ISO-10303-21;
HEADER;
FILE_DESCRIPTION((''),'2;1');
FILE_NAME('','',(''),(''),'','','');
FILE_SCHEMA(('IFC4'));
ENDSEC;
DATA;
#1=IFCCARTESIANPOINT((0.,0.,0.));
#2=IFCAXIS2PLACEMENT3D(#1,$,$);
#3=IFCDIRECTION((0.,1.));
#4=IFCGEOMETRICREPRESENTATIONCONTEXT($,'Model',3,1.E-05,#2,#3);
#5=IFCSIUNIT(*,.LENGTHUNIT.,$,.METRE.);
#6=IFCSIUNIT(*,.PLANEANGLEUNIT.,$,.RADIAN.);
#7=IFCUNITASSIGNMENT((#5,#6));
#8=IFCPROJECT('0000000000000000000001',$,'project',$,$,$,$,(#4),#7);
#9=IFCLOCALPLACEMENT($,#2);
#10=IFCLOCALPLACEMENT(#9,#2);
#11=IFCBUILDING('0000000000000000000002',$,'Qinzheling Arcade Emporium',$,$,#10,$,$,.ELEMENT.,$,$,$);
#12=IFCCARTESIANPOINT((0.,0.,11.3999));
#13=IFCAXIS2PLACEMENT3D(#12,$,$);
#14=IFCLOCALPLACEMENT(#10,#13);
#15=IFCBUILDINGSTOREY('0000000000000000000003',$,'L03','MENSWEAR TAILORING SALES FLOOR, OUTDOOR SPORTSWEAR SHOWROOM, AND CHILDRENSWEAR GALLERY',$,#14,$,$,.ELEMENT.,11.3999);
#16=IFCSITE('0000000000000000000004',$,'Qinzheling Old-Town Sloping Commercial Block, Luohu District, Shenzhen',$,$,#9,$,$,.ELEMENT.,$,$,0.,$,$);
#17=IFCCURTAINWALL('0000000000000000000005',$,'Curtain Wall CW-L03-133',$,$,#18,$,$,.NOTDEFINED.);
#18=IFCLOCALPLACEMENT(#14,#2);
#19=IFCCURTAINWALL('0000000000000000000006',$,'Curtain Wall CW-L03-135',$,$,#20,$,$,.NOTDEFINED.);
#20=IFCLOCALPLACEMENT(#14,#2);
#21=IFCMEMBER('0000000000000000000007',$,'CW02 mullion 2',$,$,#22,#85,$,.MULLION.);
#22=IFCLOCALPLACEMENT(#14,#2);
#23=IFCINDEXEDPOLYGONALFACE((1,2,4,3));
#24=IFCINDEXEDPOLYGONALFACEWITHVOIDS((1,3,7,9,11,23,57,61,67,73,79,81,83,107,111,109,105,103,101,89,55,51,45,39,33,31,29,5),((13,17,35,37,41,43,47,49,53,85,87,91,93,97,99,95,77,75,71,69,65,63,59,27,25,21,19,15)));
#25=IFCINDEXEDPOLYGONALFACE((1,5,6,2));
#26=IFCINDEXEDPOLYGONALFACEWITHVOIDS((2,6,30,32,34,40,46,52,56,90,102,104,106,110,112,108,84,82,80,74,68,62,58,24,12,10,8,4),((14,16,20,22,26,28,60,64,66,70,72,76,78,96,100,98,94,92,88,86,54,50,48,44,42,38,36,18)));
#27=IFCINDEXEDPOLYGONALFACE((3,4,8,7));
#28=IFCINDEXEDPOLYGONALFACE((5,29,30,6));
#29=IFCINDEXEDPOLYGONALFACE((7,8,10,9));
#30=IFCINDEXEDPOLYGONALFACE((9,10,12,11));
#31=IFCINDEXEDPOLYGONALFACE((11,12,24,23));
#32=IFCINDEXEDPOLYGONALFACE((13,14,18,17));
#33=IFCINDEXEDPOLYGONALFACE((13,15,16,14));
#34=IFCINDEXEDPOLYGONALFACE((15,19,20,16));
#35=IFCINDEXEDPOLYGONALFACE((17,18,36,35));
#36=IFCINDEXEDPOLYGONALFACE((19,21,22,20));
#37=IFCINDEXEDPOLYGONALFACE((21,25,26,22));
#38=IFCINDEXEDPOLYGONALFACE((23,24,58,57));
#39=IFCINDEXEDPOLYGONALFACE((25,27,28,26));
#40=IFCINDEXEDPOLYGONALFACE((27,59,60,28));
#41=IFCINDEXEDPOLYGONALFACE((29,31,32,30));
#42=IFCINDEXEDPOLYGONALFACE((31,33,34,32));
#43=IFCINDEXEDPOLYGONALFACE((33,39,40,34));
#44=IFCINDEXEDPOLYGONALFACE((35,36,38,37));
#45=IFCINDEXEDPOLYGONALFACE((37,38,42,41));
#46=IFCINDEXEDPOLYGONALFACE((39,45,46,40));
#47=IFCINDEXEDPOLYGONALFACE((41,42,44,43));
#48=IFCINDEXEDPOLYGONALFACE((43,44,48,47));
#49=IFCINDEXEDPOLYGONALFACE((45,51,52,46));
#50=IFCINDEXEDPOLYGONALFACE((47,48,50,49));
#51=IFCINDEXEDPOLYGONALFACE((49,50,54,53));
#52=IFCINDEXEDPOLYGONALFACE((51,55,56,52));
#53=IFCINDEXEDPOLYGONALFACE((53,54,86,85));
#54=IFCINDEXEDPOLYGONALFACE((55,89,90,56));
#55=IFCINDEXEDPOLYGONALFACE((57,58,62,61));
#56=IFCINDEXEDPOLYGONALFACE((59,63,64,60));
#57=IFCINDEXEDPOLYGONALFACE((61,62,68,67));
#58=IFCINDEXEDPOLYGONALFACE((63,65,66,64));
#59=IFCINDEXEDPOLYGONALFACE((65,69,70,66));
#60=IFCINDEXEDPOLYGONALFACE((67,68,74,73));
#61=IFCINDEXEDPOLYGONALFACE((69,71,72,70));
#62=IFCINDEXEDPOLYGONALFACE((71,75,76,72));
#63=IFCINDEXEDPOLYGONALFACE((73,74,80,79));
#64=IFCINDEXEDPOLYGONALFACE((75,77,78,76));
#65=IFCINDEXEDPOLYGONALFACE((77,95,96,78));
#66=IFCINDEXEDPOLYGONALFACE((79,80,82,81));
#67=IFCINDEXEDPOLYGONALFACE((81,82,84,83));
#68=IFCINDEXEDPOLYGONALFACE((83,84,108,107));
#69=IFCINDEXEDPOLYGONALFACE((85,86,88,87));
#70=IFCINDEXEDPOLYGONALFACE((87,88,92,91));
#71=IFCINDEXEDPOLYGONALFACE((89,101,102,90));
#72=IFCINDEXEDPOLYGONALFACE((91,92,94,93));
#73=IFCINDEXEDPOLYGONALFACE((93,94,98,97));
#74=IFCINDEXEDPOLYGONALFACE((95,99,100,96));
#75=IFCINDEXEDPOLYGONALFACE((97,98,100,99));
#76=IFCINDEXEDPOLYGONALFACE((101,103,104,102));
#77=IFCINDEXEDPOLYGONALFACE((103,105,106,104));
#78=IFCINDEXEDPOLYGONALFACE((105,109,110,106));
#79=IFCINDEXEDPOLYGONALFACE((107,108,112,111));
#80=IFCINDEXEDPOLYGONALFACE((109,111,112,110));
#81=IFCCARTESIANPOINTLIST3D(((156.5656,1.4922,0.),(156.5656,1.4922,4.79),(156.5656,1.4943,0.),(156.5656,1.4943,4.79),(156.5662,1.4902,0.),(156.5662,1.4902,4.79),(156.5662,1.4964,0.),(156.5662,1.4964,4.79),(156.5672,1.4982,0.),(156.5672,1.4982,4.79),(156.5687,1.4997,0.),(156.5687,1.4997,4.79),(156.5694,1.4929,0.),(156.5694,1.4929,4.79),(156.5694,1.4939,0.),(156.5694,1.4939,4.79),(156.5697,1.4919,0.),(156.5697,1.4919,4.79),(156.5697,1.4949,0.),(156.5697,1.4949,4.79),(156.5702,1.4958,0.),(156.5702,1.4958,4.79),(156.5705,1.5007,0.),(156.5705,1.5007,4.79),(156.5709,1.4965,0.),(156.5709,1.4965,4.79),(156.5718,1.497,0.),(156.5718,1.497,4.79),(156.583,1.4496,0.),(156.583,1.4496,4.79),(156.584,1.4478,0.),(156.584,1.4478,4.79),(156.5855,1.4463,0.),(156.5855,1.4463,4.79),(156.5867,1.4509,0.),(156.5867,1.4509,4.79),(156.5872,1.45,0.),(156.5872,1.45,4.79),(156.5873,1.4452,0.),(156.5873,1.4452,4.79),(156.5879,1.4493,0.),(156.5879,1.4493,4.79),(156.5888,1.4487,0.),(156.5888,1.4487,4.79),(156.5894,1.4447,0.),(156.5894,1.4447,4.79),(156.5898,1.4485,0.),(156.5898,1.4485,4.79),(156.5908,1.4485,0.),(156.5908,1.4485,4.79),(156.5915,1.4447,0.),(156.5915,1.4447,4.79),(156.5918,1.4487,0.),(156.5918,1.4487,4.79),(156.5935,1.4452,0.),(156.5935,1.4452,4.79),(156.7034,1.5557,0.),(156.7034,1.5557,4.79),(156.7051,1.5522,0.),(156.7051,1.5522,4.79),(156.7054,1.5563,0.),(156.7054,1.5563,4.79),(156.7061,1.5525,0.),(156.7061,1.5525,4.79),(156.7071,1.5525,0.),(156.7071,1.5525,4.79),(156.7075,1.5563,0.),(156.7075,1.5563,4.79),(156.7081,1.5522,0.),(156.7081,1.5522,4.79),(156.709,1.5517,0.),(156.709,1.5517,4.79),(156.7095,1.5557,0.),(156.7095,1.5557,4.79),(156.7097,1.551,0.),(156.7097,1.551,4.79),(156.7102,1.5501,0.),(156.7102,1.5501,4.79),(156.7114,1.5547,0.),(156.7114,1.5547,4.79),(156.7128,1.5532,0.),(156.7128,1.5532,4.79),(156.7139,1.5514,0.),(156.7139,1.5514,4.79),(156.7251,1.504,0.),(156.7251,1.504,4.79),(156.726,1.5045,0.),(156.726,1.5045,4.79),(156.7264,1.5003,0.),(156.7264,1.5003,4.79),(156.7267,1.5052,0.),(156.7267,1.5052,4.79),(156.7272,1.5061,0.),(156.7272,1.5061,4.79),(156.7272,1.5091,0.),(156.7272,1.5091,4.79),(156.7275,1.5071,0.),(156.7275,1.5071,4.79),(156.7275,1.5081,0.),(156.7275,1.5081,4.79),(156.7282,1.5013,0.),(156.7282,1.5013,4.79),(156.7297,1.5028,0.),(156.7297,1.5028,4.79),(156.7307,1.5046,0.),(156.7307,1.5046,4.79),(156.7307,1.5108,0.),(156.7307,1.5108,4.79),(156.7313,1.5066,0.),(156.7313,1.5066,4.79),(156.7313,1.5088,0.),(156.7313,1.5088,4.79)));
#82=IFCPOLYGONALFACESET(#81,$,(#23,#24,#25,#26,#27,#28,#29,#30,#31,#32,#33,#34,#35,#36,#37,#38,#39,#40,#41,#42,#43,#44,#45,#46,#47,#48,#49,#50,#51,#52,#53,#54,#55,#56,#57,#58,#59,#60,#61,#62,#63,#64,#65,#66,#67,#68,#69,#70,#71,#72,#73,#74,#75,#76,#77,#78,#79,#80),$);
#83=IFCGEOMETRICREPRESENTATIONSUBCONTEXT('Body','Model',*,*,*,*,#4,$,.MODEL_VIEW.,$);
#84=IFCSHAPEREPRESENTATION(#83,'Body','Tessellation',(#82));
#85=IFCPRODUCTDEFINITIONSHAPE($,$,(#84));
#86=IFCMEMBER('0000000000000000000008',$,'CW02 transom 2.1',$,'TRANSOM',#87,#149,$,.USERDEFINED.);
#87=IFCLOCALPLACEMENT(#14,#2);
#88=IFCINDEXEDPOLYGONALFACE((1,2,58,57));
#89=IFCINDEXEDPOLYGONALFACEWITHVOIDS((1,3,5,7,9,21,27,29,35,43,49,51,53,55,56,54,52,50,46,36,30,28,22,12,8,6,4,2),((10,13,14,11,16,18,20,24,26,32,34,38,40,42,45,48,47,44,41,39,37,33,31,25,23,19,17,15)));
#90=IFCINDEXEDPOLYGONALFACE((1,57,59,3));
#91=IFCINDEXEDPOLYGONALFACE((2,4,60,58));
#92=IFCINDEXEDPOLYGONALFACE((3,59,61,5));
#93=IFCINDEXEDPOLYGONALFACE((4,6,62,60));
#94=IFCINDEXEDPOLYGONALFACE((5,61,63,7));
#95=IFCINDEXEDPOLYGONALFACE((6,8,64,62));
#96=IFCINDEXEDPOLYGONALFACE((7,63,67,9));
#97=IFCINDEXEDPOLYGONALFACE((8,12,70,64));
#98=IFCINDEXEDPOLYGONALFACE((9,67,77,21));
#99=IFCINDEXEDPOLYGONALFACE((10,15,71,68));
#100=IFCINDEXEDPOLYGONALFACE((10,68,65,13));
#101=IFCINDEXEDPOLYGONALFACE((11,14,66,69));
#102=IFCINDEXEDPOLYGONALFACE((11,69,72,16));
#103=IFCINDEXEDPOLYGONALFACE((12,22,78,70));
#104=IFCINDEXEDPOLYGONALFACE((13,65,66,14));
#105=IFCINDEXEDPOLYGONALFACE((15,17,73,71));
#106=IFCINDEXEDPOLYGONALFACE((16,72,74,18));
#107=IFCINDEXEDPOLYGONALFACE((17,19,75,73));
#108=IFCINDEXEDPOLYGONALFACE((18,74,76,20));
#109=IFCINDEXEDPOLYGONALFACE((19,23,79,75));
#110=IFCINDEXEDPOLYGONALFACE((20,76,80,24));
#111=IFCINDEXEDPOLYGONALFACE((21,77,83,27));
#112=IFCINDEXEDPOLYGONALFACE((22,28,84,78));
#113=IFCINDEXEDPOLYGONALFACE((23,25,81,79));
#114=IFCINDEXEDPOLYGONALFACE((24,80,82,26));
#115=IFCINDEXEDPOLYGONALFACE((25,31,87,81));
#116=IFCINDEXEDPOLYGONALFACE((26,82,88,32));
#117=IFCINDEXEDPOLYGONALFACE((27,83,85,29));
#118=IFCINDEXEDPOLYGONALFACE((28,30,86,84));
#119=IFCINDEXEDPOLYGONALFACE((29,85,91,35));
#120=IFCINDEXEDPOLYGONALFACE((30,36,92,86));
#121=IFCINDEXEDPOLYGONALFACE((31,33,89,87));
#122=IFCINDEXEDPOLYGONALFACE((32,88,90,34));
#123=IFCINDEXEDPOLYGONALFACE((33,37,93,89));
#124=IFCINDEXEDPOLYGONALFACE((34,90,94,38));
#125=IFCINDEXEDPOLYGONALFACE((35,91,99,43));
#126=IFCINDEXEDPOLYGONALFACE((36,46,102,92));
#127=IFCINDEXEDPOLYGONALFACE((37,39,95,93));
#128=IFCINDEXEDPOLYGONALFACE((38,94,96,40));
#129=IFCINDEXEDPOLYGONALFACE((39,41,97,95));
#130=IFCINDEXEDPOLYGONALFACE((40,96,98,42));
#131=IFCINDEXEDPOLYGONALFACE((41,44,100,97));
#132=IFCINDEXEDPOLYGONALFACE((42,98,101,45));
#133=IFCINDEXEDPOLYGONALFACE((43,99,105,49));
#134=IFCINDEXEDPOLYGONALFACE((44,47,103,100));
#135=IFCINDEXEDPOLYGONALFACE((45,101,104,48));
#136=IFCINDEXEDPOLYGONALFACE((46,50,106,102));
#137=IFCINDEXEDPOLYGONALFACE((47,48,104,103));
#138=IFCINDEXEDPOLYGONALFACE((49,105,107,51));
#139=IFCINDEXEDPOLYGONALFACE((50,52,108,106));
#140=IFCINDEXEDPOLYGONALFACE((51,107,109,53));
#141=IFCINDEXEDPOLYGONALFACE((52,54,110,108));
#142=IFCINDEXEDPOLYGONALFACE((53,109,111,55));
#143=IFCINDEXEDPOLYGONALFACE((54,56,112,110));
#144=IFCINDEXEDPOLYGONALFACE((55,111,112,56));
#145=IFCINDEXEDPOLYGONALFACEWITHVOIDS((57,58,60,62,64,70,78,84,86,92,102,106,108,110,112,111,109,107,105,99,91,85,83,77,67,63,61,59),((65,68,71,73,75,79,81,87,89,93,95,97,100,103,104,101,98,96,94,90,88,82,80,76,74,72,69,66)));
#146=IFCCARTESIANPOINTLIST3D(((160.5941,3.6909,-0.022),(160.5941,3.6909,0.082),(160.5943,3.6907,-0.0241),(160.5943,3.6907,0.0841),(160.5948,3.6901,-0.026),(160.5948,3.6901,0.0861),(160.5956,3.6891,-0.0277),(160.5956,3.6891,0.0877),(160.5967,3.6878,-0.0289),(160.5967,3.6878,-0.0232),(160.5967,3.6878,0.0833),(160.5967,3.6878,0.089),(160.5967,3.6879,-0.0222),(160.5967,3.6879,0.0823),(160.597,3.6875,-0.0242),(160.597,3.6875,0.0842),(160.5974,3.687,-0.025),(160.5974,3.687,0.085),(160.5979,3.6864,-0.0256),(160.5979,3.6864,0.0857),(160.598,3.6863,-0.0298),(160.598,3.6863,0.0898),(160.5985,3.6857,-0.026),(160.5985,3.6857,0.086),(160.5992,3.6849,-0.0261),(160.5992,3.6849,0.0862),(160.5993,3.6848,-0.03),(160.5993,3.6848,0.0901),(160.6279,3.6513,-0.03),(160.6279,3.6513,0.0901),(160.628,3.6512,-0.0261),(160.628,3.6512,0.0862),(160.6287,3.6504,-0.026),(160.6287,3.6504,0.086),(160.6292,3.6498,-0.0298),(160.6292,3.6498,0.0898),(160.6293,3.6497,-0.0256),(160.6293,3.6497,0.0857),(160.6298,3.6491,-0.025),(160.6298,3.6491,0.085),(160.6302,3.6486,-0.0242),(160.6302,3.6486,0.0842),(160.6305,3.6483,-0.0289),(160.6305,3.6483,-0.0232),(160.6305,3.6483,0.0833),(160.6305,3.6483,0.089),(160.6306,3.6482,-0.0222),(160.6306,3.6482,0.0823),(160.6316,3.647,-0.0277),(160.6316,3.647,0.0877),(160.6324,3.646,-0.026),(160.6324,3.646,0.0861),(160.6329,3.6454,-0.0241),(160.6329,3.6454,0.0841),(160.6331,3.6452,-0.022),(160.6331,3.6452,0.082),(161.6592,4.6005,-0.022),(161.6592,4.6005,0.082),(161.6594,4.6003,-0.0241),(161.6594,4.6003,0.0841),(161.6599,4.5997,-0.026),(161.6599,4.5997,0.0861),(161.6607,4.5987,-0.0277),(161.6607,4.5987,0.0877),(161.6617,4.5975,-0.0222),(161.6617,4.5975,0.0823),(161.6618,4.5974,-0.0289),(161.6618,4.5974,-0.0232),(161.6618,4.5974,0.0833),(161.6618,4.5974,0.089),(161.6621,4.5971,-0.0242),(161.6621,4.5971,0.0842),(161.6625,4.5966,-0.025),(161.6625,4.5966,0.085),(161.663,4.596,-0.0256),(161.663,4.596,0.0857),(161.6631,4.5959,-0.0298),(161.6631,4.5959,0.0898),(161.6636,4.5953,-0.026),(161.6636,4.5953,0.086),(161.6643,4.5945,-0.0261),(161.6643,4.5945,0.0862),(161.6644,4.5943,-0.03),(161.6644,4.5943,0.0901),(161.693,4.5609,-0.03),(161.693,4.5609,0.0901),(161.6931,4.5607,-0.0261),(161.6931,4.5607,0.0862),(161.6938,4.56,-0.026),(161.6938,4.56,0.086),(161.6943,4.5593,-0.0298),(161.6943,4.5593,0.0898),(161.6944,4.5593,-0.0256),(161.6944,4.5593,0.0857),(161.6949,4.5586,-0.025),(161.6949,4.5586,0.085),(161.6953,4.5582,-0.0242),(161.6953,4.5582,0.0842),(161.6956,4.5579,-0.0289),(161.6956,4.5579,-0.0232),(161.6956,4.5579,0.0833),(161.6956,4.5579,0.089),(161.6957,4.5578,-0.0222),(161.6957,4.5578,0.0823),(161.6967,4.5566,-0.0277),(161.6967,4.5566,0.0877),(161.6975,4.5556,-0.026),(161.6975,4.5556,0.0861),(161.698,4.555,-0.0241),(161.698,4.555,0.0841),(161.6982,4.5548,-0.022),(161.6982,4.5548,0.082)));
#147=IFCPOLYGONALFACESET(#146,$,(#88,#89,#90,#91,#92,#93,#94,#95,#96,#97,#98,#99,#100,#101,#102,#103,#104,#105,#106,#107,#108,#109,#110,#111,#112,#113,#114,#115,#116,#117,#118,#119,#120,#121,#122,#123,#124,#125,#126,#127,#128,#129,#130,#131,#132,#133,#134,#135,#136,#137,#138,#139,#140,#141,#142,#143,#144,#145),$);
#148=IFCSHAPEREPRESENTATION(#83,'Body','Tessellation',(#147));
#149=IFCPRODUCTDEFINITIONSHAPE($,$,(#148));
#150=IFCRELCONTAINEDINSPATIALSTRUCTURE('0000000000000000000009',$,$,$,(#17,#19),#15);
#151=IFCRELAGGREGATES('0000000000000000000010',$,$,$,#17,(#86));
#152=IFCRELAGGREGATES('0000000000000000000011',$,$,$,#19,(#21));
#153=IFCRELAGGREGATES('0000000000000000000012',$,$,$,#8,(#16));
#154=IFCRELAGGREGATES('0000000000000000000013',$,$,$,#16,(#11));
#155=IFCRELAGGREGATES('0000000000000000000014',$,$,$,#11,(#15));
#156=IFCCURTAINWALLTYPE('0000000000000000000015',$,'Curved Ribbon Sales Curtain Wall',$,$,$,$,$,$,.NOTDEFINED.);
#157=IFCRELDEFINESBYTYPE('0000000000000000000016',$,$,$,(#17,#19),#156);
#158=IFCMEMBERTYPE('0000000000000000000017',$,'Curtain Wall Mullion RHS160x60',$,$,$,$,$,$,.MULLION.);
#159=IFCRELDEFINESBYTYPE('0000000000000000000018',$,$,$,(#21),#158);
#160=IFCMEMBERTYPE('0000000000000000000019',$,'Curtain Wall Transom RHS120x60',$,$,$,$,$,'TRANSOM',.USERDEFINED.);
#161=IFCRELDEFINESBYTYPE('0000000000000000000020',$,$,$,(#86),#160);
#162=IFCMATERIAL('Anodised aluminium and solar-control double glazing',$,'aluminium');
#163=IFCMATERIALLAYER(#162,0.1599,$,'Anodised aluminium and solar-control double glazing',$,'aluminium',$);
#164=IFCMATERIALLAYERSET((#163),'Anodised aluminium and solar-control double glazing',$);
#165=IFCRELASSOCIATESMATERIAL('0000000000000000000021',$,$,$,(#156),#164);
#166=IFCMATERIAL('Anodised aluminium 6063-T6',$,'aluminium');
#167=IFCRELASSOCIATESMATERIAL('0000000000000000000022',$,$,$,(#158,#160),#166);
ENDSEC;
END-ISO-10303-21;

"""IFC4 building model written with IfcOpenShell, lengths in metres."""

from ifc_helpers import new_model, si_unit, direction, frame, origin, origin_2d, place, context, subcontext, project, spatial, hollow_rectangle, extrude, material, layer, layer_set, material_profile, profile_set, type_object, element, aggregate, save


model = new_model("IFC4")

# Units and contexts
model_context = context("Model", 3, precision=1e-05, world=origin(), true_north=direction((0.0, 1.0)))
body_context = subcontext(model_context, "Body", "Model", "MODEL_VIEW")
ifc_project = project(units=[si_unit("LENGTHUNIT", "METRE"), si_unit("PLANEANGLEUNIT", "RADIAN")], contexts=[model_context])

# Site, building, storey
site_placement = place(None, origin())
site = spatial("IfcSite", under=ifc_project, at=site_placement, Name="Qinzheling Old-Town Sloping Commercial Block, Luohu District, Shenzhen", CompositionType="ELEMENT", RefElevation=0.0)
building_placement = place(site_placement, origin())
building = spatial("IfcBuilding", under=site, at=building_placement, Name="Qinzheling Arcade Emporium", CompositionType="ELEMENT")
storey_placement = place(building_placement, frame((0.0, 0.0, 11.3999)))
storey = spatial("IfcBuildingStorey", under=building, at=storey_placement, Name="L03", Description="MENSWEAR TAILORING SALES FLOOR, OUTDOOR SPORTSWEAR SHOWROOM, AND CHILDRENSWEAR GALLERY", CompositionType="ELEMENT", Elevation=11.3999)

# Curtain walls, member
ifc_material_1 = material(Name="Anodised aluminium and solar-control double glazing", Category="aluminium")
ifc_layer_1 = layer(ifc_material_1, 0.1599, Name="Anodised aluminium and solar-control double glazing", Category="aluminium")
ifc_layer_set_1 = layer_set([ifc_layer_1], Name="Anodised aluminium and solar-control double glazing")
curtain_wall_type = type_object("IfcCurtainWallType", Name="Curved Ribbon Sales Curtain Wall", PredefinedType="NOTDEFINED", material=ifc_layer_set_1)
curtain_wall_1_placement = place(storey_placement, origin())
curtain_wall_1 = element("IfcCurtainWall", 1, at=curtain_wall_1_placement, inside=storey, type_object=curtain_wall_type, Name="Curtain Wall CW-L03-133", PredefinedType="NOTDEFINED")
ifc_material_2 = material(Name="Anodised aluminium 6063-T6", Category="aluminium")
ifc_material_profile_1 = material_profile(ifc_material_2, hollow_rectangle(XDim=0.0601, YDim=0.1599, WallThickness=0.0039, InnerFilletRadius=0.0039, OuterFilletRadius=0.0081, at=origin_2d()), Name="RHS 160x60x4", Category="aluminium")
ifc_profile_set_1 = profile_set([ifc_material_profile_1], Name="Anodised aluminium 6063-T6")
member_type_1 = type_object("IfcMemberType", Name="Curtain Wall Mullion RHS160x60", PredefinedType="MULLION", material=ifc_profile_set_1)
curtain_wall_2_placement = place(storey_placement, origin())
curtain_wall_2 = element("IfcCurtainWall", 2, at=curtain_wall_2_placement, inside=storey, type_object=curtain_wall_type, Name="Curtain Wall CW-L03-135", PredefinedType="NOTDEFINED")
member_1_placement = place(storey_placement, frame((156.6484, 1.5005, 0.0), z_axis=(0.0, 0.0, 1.0), x_axis=(0.382638, -0.923898, 0.0)))
member_1 = element("IfcMember", 3, at=member_1_placement, type_object=member_type_1, Name="CW02 mullion 2", PredefinedType="MULLION", context=body_context, shape_type="SweptSolid", body=[
    extrude(hollow_rectangle(XDim=0.0601, YDim=0.1599, WallThickness=0.0039, InnerFilletRadius=0.0039, OuterFilletRadius=0.0081, at=origin_2d()), origin(), (0.0, 0.0, 1.0), 4.79),
])

# Member
ifc_material_profile_2 = material_profile(ifc_material_2, hollow_rectangle(XDim=0.0601, YDim=0.1201, WallThickness=0.0039, InnerFilletRadius=0.0039, OuterFilletRadius=0.0081, at=origin_2d()), Name="RHS 120x60x4", Category="aluminium")
ifc_profile_set_2 = profile_set([ifc_material_profile_2], Name="Anodised aluminium 6063-T6")
member_type_2 = type_object("IfcMemberType", Name="Curtain Wall Transom RHS120x60", ElementType="TRANSOM", PredefinedType="USERDEFINED", material=ifc_profile_set_2)
member_2_placement = place(storey_placement, frame((161.6787, 4.5776, 0.03), z_axis=(-0.760436, -0.649412, 0.0), x_axis=(0.649412, -0.760436, 0.0)))
member_2 = element("IfcMember", 4, at=member_2_placement, type_object=member_type_2, Name="CW02 transom 2.1", ObjectType="TRANSOM", PredefinedType="USERDEFINED", context=body_context, shape_type="SweptSolid", body=[
    extrude(hollow_rectangle(XDim=0.0601, YDim=0.1201, WallThickness=0.0039, InnerFilletRadius=0.0039, OuterFilletRadius=0.0081, at=origin_2d()), origin(), (0.0, 0.0, 1.0), 1.4006),
])

aggregate(curtain_wall_1, [member_2])
aggregate(curtain_wall_2, [member_1])

save(model, "model.ifc")
